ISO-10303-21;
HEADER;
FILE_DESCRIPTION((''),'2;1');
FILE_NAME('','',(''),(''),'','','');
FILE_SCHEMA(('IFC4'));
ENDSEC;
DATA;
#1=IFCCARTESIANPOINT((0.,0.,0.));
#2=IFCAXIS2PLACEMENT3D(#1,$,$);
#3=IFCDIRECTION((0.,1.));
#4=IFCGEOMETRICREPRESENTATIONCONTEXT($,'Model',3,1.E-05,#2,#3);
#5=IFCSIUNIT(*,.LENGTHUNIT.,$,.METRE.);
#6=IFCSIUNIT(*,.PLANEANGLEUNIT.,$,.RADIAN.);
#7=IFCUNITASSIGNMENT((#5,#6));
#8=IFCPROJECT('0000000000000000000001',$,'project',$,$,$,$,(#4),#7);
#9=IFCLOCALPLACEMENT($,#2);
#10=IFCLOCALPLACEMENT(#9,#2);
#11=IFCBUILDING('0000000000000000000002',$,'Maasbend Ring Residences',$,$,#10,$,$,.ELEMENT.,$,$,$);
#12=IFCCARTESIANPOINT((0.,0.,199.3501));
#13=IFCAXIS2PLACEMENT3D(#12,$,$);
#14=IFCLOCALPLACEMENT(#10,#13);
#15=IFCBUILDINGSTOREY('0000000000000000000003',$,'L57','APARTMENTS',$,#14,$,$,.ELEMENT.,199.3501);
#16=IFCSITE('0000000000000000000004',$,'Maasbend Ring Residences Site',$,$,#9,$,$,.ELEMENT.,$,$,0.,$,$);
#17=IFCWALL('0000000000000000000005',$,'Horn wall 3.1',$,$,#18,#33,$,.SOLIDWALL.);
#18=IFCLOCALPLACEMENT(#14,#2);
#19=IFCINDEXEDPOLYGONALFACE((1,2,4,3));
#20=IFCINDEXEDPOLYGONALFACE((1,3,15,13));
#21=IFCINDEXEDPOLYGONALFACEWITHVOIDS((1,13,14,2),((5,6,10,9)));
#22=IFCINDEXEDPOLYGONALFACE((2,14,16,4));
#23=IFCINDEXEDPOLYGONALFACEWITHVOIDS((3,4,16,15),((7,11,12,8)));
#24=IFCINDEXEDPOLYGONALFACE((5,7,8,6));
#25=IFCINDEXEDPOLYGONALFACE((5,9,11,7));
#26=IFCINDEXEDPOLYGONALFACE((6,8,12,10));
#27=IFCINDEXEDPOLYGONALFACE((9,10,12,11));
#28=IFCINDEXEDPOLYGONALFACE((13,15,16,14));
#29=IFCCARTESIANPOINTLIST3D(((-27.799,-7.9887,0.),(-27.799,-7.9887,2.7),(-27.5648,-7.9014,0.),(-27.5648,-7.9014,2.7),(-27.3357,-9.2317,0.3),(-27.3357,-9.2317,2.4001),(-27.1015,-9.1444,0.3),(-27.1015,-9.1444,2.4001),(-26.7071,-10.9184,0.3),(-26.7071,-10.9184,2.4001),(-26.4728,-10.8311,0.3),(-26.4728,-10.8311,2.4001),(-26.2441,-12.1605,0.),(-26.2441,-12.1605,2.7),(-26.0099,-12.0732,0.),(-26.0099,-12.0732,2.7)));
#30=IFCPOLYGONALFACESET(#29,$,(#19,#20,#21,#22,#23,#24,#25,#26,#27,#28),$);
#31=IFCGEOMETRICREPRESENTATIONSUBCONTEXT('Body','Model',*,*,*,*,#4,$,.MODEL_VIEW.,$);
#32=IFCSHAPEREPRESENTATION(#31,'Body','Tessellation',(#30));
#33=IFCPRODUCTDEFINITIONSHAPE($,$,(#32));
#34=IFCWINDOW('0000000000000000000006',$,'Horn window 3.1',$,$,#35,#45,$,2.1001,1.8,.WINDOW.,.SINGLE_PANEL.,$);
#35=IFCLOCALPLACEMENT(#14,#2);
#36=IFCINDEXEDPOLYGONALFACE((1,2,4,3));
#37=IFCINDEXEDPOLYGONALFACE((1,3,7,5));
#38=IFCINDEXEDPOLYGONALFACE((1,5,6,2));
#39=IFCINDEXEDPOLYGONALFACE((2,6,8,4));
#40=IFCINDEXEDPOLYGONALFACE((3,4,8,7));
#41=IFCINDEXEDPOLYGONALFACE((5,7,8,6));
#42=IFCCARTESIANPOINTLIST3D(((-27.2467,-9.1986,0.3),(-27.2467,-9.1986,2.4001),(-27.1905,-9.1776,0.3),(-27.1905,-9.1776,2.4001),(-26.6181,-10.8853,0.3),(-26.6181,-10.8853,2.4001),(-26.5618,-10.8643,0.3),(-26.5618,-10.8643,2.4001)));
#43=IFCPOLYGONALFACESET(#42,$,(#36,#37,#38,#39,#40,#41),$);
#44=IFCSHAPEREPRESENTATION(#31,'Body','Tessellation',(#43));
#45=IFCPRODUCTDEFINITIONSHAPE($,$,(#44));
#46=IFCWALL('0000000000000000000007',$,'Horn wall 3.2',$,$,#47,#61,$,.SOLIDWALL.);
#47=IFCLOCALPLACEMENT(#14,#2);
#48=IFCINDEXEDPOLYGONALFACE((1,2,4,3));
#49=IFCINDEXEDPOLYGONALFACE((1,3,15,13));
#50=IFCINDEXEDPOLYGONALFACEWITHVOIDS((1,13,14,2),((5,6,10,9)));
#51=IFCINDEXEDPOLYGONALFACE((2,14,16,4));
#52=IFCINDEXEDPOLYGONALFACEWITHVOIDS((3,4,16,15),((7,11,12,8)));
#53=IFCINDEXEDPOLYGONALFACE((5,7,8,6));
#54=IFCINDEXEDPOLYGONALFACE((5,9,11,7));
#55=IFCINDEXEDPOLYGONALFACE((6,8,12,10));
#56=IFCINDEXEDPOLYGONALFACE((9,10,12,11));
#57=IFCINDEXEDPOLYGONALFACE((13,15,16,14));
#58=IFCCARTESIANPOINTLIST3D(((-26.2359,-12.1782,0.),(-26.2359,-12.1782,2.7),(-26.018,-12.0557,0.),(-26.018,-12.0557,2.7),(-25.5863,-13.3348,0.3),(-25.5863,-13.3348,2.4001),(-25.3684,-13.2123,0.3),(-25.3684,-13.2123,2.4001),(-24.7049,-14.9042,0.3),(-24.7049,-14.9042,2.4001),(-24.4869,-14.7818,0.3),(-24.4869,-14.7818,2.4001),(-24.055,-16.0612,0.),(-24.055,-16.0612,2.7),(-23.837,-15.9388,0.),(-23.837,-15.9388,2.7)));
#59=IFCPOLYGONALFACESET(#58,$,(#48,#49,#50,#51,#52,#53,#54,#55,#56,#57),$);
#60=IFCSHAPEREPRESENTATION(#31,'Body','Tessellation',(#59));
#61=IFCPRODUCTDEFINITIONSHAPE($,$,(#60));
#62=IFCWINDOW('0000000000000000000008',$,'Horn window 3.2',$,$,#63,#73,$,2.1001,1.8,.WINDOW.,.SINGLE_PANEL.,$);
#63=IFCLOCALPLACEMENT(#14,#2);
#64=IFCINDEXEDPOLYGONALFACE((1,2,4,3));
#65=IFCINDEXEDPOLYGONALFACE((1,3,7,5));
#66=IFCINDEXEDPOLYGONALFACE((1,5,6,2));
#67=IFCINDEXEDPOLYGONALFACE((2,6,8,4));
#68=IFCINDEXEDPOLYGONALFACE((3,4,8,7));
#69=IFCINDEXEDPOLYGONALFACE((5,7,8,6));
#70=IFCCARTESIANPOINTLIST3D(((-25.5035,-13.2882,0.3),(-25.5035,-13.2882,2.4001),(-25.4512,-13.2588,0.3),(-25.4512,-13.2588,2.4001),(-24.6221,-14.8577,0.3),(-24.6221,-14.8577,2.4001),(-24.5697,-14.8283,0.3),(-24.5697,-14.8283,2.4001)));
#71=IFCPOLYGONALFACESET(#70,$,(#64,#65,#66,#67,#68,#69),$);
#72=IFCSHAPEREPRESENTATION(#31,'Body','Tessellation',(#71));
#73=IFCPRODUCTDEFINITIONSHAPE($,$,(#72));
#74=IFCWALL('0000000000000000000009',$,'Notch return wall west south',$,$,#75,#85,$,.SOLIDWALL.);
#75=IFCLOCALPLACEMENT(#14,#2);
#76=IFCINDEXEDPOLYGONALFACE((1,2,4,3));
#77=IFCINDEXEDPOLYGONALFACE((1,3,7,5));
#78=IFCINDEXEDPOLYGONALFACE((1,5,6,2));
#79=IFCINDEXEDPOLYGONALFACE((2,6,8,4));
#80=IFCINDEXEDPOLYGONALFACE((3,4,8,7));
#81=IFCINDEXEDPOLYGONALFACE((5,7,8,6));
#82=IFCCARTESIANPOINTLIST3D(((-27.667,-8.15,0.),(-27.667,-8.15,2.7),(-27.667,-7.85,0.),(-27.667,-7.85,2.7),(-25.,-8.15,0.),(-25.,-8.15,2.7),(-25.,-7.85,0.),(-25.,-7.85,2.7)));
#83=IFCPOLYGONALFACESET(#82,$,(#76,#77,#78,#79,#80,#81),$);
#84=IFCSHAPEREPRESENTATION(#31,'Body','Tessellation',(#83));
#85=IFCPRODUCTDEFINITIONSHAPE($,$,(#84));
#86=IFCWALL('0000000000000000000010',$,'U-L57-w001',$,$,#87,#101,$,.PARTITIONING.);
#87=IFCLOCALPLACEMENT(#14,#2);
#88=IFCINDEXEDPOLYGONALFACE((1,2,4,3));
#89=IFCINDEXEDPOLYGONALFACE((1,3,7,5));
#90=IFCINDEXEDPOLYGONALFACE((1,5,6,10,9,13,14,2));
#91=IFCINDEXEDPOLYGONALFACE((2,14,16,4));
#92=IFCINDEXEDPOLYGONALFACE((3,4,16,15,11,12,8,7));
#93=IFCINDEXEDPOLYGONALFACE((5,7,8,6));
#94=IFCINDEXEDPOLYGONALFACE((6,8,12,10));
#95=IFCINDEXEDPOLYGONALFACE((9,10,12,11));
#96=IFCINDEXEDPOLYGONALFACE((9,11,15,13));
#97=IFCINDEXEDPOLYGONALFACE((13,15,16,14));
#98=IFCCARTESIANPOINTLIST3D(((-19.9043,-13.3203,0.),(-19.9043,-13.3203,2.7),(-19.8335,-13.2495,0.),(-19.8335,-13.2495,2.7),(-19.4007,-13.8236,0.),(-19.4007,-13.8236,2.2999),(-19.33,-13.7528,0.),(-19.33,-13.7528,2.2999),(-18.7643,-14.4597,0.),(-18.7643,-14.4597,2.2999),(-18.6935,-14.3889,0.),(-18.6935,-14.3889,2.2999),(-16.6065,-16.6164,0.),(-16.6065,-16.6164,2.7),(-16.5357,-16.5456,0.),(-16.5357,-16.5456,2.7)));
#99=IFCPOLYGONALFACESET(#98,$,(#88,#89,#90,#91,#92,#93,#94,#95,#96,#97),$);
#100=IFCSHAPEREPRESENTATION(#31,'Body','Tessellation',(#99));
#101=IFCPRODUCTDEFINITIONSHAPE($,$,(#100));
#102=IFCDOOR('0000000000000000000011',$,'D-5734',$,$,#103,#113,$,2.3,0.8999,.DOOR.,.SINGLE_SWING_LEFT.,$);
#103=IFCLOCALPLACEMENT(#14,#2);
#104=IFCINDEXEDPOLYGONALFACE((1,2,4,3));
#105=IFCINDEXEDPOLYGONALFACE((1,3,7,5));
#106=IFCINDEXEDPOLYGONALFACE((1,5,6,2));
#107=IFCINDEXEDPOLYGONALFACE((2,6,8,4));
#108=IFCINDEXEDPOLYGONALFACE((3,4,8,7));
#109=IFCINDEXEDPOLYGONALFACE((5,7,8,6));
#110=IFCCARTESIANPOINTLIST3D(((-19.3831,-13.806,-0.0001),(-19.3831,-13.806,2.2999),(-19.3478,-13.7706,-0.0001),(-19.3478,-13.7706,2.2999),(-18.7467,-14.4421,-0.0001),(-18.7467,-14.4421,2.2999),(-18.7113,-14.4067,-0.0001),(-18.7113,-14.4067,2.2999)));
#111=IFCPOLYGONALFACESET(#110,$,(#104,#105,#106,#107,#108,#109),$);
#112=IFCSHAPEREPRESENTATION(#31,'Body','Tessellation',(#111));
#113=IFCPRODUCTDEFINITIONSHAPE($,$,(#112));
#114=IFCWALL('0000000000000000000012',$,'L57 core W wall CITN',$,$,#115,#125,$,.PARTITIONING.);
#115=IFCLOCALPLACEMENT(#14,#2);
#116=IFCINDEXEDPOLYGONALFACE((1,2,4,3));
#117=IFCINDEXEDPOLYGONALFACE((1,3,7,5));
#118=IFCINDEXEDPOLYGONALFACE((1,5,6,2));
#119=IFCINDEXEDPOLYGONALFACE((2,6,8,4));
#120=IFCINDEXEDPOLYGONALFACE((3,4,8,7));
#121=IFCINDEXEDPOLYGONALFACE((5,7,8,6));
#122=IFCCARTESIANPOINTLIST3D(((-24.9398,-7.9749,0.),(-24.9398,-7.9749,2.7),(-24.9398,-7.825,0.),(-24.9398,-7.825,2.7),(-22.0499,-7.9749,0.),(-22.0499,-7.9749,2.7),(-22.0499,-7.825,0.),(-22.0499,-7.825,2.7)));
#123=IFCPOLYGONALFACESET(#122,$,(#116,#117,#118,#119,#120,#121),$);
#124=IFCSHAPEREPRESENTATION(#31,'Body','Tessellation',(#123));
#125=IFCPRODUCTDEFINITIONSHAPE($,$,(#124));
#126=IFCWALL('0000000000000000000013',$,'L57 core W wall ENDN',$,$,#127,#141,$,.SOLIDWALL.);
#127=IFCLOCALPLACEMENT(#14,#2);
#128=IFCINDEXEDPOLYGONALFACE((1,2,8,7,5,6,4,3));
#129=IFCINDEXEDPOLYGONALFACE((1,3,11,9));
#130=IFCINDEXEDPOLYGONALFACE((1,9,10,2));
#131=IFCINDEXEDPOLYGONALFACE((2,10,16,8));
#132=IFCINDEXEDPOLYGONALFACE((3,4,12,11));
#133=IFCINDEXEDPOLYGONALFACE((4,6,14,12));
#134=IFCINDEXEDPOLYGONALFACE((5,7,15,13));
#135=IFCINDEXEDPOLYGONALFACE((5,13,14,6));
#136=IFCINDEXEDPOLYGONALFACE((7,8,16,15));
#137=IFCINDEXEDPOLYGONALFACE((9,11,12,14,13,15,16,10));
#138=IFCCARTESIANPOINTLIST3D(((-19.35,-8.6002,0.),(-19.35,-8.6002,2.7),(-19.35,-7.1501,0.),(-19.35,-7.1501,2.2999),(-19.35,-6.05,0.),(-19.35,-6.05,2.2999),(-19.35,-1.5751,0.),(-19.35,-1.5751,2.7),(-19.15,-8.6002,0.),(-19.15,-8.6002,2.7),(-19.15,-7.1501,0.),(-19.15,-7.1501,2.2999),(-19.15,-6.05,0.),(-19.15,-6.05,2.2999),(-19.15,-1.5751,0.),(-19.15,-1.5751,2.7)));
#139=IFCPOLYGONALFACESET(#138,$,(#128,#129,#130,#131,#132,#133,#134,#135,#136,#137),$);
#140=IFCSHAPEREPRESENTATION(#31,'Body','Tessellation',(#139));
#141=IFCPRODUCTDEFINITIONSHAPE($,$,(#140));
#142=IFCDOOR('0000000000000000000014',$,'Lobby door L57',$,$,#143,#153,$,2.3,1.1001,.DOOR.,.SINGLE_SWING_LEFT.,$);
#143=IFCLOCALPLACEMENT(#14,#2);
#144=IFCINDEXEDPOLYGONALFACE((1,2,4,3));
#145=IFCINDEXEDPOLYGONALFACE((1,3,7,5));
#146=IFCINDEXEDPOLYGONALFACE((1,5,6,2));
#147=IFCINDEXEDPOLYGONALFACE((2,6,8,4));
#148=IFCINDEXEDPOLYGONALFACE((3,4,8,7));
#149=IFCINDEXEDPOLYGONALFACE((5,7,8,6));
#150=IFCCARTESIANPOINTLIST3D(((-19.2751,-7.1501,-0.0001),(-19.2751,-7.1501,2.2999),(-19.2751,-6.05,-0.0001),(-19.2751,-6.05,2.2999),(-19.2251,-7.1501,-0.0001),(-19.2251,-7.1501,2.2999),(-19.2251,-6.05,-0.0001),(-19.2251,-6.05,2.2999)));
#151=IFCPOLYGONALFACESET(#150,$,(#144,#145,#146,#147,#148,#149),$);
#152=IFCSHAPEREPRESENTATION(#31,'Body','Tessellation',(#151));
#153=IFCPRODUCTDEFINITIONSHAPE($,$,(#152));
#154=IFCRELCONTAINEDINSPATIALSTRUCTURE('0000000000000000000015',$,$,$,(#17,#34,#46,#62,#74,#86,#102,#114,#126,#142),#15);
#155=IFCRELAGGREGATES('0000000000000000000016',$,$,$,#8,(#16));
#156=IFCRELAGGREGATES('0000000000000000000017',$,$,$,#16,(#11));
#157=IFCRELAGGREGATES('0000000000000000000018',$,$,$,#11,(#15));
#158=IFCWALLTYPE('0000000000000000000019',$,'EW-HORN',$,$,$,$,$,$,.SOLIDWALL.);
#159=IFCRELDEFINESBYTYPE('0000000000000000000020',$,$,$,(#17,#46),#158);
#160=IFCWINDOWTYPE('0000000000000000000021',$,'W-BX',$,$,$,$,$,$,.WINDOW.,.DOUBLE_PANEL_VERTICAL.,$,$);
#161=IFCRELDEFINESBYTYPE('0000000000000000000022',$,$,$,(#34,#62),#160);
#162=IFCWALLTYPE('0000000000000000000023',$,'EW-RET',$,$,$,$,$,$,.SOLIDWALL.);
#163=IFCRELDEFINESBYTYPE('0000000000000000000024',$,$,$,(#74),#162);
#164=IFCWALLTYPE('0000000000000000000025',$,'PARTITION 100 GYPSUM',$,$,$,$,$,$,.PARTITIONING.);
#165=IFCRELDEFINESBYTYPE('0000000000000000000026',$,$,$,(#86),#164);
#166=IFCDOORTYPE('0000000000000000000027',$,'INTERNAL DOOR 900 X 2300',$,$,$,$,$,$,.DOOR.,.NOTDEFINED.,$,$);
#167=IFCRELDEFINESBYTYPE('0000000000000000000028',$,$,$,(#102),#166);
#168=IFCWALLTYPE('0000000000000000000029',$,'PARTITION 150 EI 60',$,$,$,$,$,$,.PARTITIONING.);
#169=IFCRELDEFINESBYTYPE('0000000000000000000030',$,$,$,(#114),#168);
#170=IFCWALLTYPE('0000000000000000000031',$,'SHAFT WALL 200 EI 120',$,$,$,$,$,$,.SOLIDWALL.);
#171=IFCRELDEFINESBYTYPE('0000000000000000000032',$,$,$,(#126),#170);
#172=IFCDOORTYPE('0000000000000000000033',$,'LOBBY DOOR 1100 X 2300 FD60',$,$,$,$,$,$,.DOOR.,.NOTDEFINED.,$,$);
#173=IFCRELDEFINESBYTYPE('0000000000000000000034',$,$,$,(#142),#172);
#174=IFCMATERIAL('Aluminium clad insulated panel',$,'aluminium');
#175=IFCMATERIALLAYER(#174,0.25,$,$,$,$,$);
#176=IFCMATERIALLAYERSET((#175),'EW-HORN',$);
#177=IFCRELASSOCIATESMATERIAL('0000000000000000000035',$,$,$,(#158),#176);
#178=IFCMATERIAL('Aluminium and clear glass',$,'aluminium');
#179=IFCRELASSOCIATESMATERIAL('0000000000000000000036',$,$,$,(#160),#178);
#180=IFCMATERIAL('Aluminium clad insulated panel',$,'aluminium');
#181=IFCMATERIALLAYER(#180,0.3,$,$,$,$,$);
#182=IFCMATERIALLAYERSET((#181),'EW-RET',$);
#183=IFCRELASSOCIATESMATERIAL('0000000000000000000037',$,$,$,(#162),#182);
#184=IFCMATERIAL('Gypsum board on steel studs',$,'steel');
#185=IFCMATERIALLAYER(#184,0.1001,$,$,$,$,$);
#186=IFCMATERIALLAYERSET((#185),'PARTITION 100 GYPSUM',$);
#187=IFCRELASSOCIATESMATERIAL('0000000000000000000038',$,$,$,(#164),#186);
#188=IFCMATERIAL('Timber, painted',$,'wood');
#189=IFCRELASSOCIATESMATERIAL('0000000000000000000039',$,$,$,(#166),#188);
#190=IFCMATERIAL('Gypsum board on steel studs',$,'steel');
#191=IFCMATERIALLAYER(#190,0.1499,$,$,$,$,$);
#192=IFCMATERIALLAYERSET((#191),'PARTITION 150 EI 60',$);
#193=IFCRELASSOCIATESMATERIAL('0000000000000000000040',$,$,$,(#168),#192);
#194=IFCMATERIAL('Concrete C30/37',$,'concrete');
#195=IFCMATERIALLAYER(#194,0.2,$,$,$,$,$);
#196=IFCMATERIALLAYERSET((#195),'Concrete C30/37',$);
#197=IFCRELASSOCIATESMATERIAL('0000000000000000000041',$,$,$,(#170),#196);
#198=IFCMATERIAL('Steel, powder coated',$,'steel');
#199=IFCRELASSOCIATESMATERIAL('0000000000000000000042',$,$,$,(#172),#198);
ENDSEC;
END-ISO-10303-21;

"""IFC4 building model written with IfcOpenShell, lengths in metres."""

from ifc_helpers import new_model, si_unit, direction, frame, frame_2d, origin, place, context, subcontext, project, spatial, rectangle, extrude, material, layer, layer_set, type_object, element, fill, save


model = new_model("IFC4")

# Units and contexts
model_context = context("Model", 3, precision=1e-05, world=origin(), true_north=direction((0.0, 1.0)))
body_context = subcontext(model_context, "Body", "Model", "MODEL_VIEW")
ifc_project = project(units=[si_unit("LENGTHUNIT", "METRE"), si_unit("PLANEANGLEUNIT", "RADIAN")], contexts=[model_context])

# Site, building, storey
site_placement = place(None, origin())
site = spatial("IfcSite", under=ifc_project, at=site_placement, Name="Maasbend Ring Residences Site", CompositionType="ELEMENT", RefElevation=0.0)
building_placement = place(site_placement, origin())
building = spatial("IfcBuilding", under=site, at=building_placement, Name="Maasbend Ring Residences", CompositionType="ELEMENT")
storey_placement = place(building_placement, frame((0.0, 0.0, 199.3501)))
storey = spatial("IfcBuildingStorey", under=building, at=storey_placement, Name="L57", Description="APARTMENTS", CompositionType="ELEMENT", Elevation=199.3501)

# Walls, openings, windows
ifc_material_1 = material(Name="Aluminium clad insulated panel", Category="aluminium")
ifc_layer_1 = layer(ifc_material_1, 0.25)
ifc_layer_set_1 = layer_set([ifc_layer_1], Name="EW-HORN")
wall_type_1 = type_object("IfcWallType", Name="EW-HORN", PredefinedType="SOLIDWALL", material=ifc_layer_set_1)
wall_1_placement = place(storey_placement, frame((-27.6819, -7.9451, 0.0), z_axis=(0.0, 0.0, 1.0), x_axis=(0.349248, -0.93703, 0.0)))
wall_1 = element("IfcWall", 1, at=wall_1_placement, inside=storey, type_object=wall_type_1, Name="Horn wall 3.1", PredefinedType="SOLIDWALL", context=body_context, shape_type="SweptSolid", body=[
    extrude(rectangle(XDim=4.4521, YDim=0.25, at=frame_2d((2.2261, 0.0))), origin(), (0.0, 0.0, 1.0), 2.7),
])
opening_1_placement = place(wall_1_placement, frame((1.3267, 0.0, 0.3)))
opening_1 = element("IfcOpeningElement", 2, at=opening_1_placement, cuts=wall_1, PredefinedType="OPENING", context=body_context, shape_type="SweptSolid", body=[
    extrude(rectangle(XDim=1.8, YDim=2.1001, at=frame_2d((0.8999, 1.05))), frame((0.0, 0.135, 0.0), z_axis=(0.0, -1.0, 0.0), x_axis=(1.0, 0.0, 0.0)), (0.0, 0.0, 1.0), 0.27),
])
ifc_material_2 = material(Name="Aluminium and clear glass", Category="aluminium")
window_type = type_object("IfcWindowType", Name="W-BX", PartitioningType="DOUBLE_PANEL_VERTICAL", PredefinedType="WINDOW", material=ifc_material_2)
window_1_placement = place(opening_1_placement, origin())
window_1 = element("IfcWindow", 3, at=window_1_placement, inside=storey, type_object=window_type, Name="Horn window 3.1", OverallHeight=2.1001, OverallWidth=1.8, PartitioningType="SINGLE_PANEL", PredefinedType="WINDOW", context=body_context, shape_type="SweptSolid", body=[
    extrude(rectangle(XDim=1.8, YDim=2.1001, at=frame_2d((0.8999, 1.05))), frame((0.0, 0.03, 0.0), z_axis=(0.0, -1.0, 0.0), x_axis=(1.0, 0.0, 0.0)), (0.0, 0.0, 1.0), 0.0601),
])
fill(opening_1, window_1)
wall_2_placement = place(storey_placement, frame((-26.127, -12.1169, 0.0), z_axis=(0.0, 0.0, 1.0), x_axis=(0.489696, -0.871893, 0.0)))
wall_2 = element("IfcWall", 4, at=wall_2_placement, inside=storey, type_object=wall_type_1, Name="Horn wall 3.2", PredefinedType="SOLIDWALL", context=body_context, shape_type="SweptSolid", body=[
    extrude(rectangle(XDim=4.4536, YDim=0.25, at=frame_2d((2.2268, 0.0))), origin(), (0.0, 0.0, 1.0), 2.7),
])
opening_2_placement = place(wall_2_placement, frame((1.3267, 0.0, 0.3)))
opening_2 = element("IfcOpeningElement", 5, at=opening_2_placement, cuts=wall_2, PredefinedType="OPENING", context=body_context, shape_type="SweptSolid", body=[
    extrude(rectangle(XDim=1.8, YDim=2.1001, at=frame_2d((0.8999, 1.05))), frame((0.0, 0.135, 0.0), z_axis=(0.0, -1.0, 0.0), x_axis=(1.0, 0.0, 0.0)), (0.0, 0.0, 1.0), 0.27),
])
window_2_placement = place(opening_2_placement, origin())
window_2 = element("IfcWindow", 6, at=window_2_placement, inside=storey, type_object=window_type, Name="Horn window 3.2", OverallHeight=2.1001, OverallWidth=1.8, PartitioningType="SINGLE_PANEL", PredefinedType="WINDOW", context=body_context, shape_type="SweptSolid", body=[
    extrude(rectangle(XDim=1.8, YDim=2.1001, at=frame_2d((0.8999, 1.05))), frame((0.0, 0.03, 0.0), z_axis=(0.0, -1.0, 0.0), x_axis=(1.0, 0.0, 0.0)), (0.0, 0.0, 1.0), 0.0601),
])
fill(opening_2, window_2)

# Wall
ifc_material_3 = material(Name="Aluminium clad insulated panel", Category="aluminium")
ifc_layer_2 = layer(ifc_material_3, 0.3)
ifc_layer_set_2 = layer_set([ifc_layer_2], Name="EW-RET")
wall_type_2 = type_object("IfcWallType", Name="EW-RET", PredefinedType="SOLIDWALL", material=ifc_layer_set_2)
wall_3_placement = place(storey_placement, frame((-25.0, -8.0, 0.0), z_axis=(0.0, 0.0, 1.0), x_axis=(-1.0, 0.0, 0.0)))
element("IfcWall", 7, at=wall_3_placement, inside=storey, type_object=wall_type_2, Name="Notch return wall west south", PredefinedType="SOLIDWALL", context=body_context, shape_type="SweptSolid", body=[
    extrude(rectangle(XDim=2.667, YDim=0.3, at=frame_2d((1.3335, 0.0))), origin(), (0.0, 0.0, 1.0), 2.7),
])

# Wall, opening, door
ifc_material_4 = material(Name="Gypsum board on steel studs", Category="steel")
ifc_layer_3 = layer(ifc_material_4, 0.1001)
ifc_layer_set_3 = layer_set([ifc_layer_3], Name="PARTITION 100 GYPSUM")
wall_type_3 = type_object("IfcWallType", Name="PARTITION 100 GYPSUM", PredefinedType="PARTITIONING", material=ifc_layer_set_3)
wall_4_placement = place(storey_placement, frame((-19.8689, -13.2849, 0.0), z_axis=(0.0, 0.0, 1.0), x_axis=(0.70729, -0.706923, 0.0)))
wall_4 = element("IfcWall", 8, at=wall_4_placement, inside=storey, type_object=wall_type_3, Name="U-L57-w001", PredefinedType="PARTITIONING", context=body_context, shape_type="SweptSolid", body=[
    extrude(rectangle(XDim=4.6626, YDim=0.1001, at=frame_2d((2.3313, 0.0))), origin(), (0.0, 0.0, 1.0), 2.7),
])
opening_3_placement = place(wall_4_placement, frame((0.7119, 0.0, 0.0)))
opening_3 = element("IfcOpeningElement", 9, at=opening_3_placement, cuts=wall_4, PredefinedType="OPENING", context=body_context, shape_type="SweptSolid", body=[
    extrude(rectangle(XDim=0.8999, YDim=2.3, at=frame_2d((0.45, 1.1499))), frame((0.0, 0.0601, 0.0), z_axis=(0.0, -1.0, 0.0), x_axis=(1.0, 0.0, 0.0)), (0.0, 0.0, 1.0), 0.1201),
])
ifc_material_5 = material(Name="Timber, painted", Category="wood")
door_type_1 = type_object("IfcDoorType", Name="INTERNAL DOOR 900 X 2300", OperationType="NOTDEFINED", PredefinedType="DOOR", material=ifc_material_5)
door_1_placement = place(opening_3_placement, origin())
door_1 = element("IfcDoor", 10, at=door_1_placement, inside=storey, type_object=door_type_1, Name="D-5734", OperationType="SINGLE_SWING_LEFT", OverallHeight=2.3, OverallWidth=0.8999, PredefinedType="DOOR", context=body_context, shape_type="SweptSolid", body=[
    extrude(rectangle(XDim=0.8999, YDim=2.3, at=frame_2d((0.45, 1.1499))), frame((0.0, 0.0249, 0.0), z_axis=(0.0, -1.0, 0.0), x_axis=(1.0, 0.0, 0.0)), (0.0, 0.0, 1.0), 0.05),
])
fill(opening_3, door_1)

# Wall
ifc_material_6 = material(Name="Gypsum board on steel studs", Category="steel")
ifc_layer_4 = layer(ifc_material_6, 0.1499)
ifc_layer_set_4 = layer_set([ifc_layer_4], Name="PARTITION 150 EI 60")
wall_type_4 = type_object("IfcWallType", Name="PARTITION 150 EI 60", PredefinedType="PARTITIONING", material=ifc_layer_set_4)
wall_5_placement = place(storey_placement, frame((-22.05, -7.8999, 0.0), z_axis=(0.0, 0.0, 1.0), x_axis=(-1.0, 0.0, 0.0)))
element("IfcWall", 11, at=wall_5_placement, inside=storey, type_object=wall_type_4, Name="L57 core W wall CITN", PredefinedType="PARTITIONING", context=body_context, shape_type="SweptSolid", body=[
    extrude(rectangle(XDim=2.8899, YDim=0.1499, at=frame_2d((1.4448, 0.0))), origin(), (0.0, 0.0, 1.0), 2.7),
])

# Wall, opening, door
ifc_material_7 = material(Name="Concrete C30/37", Category="concrete")
ifc_layer_5 = layer(ifc_material_7, 0.2)
ifc_layer_set_5 = layer_set([ifc_layer_5], Name="Concrete C30/37")
wall_type_5 = type_object("IfcWallType", Name="SHAFT WALL 200 EI 120", PredefinedType="SOLIDWALL", material=ifc_layer_set_5)
wall_6_placement = place(storey_placement, frame((-19.25, -1.575, 0.0), z_axis=(0.0, 0.0, 1.0), x_axis=(0.0, -1.0, 0.0)))
wall_6 = element("IfcWall", 12, at=wall_6_placement, inside=storey, type_object=wall_type_5, Name="L57 core W wall ENDN", PredefinedType="SOLIDWALL", context=body_context, shape_type="SweptSolid", body=[
    extrude(rectangle(XDim=7.0251, YDim=0.2, at=frame_2d((3.5127, 0.0))), origin(), (0.0, 0.0, 1.0), 2.7),
])
opening_4_placement = place(wall_6_placement, frame((4.4751, 0.0, 0.0)))
opening_4 = element("IfcOpeningElement", 13, at=opening_4_placement, cuts=wall_6, PredefinedType="OPENING", context=body_context, shape_type="SweptSolid", body=[
    extrude(rectangle(XDim=1.1001, YDim=2.3, at=frame_2d((0.55, 1.1499))), frame((0.0, 0.1099, 0.0), z_axis=(0.0, -1.0, 0.0), x_axis=(1.0, 0.0, 0.0)), (0.0, 0.0, 1.0), 0.22),
])
ifc_material_8 = material(Name="Steel, powder coated", Category="steel")
door_type_2 = type_object("IfcDoorType", Name="LOBBY DOOR 1100 X 2300 FD60", OperationType="NOTDEFINED", PredefinedType="DOOR", material=ifc_material_8)
door_2_placement = place(opening_4_placement, origin())
door_2 = element("IfcDoor", 14, at=door_2_placement, inside=storey, type_object=door_type_2, Name="Lobby door L57", OperationType="SINGLE_SWING_LEFT", OverallHeight=2.3, OverallWidth=1.1001, PredefinedType="DOOR", context=body_context, shape_type="SweptSolid", body=[
    extrude(rectangle(XDim=1.1001, YDim=2.3, at=frame_2d((0.55, 1.1499))), frame((0.0, 0.0249, 0.0), z_axis=(0.0, -1.0, 0.0), x_axis=(1.0, 0.0, 0.0)), (0.0, 0.0, 1.0), 0.05),
])
fill(opening_4, door_2)

save(model, "model.ifc")
